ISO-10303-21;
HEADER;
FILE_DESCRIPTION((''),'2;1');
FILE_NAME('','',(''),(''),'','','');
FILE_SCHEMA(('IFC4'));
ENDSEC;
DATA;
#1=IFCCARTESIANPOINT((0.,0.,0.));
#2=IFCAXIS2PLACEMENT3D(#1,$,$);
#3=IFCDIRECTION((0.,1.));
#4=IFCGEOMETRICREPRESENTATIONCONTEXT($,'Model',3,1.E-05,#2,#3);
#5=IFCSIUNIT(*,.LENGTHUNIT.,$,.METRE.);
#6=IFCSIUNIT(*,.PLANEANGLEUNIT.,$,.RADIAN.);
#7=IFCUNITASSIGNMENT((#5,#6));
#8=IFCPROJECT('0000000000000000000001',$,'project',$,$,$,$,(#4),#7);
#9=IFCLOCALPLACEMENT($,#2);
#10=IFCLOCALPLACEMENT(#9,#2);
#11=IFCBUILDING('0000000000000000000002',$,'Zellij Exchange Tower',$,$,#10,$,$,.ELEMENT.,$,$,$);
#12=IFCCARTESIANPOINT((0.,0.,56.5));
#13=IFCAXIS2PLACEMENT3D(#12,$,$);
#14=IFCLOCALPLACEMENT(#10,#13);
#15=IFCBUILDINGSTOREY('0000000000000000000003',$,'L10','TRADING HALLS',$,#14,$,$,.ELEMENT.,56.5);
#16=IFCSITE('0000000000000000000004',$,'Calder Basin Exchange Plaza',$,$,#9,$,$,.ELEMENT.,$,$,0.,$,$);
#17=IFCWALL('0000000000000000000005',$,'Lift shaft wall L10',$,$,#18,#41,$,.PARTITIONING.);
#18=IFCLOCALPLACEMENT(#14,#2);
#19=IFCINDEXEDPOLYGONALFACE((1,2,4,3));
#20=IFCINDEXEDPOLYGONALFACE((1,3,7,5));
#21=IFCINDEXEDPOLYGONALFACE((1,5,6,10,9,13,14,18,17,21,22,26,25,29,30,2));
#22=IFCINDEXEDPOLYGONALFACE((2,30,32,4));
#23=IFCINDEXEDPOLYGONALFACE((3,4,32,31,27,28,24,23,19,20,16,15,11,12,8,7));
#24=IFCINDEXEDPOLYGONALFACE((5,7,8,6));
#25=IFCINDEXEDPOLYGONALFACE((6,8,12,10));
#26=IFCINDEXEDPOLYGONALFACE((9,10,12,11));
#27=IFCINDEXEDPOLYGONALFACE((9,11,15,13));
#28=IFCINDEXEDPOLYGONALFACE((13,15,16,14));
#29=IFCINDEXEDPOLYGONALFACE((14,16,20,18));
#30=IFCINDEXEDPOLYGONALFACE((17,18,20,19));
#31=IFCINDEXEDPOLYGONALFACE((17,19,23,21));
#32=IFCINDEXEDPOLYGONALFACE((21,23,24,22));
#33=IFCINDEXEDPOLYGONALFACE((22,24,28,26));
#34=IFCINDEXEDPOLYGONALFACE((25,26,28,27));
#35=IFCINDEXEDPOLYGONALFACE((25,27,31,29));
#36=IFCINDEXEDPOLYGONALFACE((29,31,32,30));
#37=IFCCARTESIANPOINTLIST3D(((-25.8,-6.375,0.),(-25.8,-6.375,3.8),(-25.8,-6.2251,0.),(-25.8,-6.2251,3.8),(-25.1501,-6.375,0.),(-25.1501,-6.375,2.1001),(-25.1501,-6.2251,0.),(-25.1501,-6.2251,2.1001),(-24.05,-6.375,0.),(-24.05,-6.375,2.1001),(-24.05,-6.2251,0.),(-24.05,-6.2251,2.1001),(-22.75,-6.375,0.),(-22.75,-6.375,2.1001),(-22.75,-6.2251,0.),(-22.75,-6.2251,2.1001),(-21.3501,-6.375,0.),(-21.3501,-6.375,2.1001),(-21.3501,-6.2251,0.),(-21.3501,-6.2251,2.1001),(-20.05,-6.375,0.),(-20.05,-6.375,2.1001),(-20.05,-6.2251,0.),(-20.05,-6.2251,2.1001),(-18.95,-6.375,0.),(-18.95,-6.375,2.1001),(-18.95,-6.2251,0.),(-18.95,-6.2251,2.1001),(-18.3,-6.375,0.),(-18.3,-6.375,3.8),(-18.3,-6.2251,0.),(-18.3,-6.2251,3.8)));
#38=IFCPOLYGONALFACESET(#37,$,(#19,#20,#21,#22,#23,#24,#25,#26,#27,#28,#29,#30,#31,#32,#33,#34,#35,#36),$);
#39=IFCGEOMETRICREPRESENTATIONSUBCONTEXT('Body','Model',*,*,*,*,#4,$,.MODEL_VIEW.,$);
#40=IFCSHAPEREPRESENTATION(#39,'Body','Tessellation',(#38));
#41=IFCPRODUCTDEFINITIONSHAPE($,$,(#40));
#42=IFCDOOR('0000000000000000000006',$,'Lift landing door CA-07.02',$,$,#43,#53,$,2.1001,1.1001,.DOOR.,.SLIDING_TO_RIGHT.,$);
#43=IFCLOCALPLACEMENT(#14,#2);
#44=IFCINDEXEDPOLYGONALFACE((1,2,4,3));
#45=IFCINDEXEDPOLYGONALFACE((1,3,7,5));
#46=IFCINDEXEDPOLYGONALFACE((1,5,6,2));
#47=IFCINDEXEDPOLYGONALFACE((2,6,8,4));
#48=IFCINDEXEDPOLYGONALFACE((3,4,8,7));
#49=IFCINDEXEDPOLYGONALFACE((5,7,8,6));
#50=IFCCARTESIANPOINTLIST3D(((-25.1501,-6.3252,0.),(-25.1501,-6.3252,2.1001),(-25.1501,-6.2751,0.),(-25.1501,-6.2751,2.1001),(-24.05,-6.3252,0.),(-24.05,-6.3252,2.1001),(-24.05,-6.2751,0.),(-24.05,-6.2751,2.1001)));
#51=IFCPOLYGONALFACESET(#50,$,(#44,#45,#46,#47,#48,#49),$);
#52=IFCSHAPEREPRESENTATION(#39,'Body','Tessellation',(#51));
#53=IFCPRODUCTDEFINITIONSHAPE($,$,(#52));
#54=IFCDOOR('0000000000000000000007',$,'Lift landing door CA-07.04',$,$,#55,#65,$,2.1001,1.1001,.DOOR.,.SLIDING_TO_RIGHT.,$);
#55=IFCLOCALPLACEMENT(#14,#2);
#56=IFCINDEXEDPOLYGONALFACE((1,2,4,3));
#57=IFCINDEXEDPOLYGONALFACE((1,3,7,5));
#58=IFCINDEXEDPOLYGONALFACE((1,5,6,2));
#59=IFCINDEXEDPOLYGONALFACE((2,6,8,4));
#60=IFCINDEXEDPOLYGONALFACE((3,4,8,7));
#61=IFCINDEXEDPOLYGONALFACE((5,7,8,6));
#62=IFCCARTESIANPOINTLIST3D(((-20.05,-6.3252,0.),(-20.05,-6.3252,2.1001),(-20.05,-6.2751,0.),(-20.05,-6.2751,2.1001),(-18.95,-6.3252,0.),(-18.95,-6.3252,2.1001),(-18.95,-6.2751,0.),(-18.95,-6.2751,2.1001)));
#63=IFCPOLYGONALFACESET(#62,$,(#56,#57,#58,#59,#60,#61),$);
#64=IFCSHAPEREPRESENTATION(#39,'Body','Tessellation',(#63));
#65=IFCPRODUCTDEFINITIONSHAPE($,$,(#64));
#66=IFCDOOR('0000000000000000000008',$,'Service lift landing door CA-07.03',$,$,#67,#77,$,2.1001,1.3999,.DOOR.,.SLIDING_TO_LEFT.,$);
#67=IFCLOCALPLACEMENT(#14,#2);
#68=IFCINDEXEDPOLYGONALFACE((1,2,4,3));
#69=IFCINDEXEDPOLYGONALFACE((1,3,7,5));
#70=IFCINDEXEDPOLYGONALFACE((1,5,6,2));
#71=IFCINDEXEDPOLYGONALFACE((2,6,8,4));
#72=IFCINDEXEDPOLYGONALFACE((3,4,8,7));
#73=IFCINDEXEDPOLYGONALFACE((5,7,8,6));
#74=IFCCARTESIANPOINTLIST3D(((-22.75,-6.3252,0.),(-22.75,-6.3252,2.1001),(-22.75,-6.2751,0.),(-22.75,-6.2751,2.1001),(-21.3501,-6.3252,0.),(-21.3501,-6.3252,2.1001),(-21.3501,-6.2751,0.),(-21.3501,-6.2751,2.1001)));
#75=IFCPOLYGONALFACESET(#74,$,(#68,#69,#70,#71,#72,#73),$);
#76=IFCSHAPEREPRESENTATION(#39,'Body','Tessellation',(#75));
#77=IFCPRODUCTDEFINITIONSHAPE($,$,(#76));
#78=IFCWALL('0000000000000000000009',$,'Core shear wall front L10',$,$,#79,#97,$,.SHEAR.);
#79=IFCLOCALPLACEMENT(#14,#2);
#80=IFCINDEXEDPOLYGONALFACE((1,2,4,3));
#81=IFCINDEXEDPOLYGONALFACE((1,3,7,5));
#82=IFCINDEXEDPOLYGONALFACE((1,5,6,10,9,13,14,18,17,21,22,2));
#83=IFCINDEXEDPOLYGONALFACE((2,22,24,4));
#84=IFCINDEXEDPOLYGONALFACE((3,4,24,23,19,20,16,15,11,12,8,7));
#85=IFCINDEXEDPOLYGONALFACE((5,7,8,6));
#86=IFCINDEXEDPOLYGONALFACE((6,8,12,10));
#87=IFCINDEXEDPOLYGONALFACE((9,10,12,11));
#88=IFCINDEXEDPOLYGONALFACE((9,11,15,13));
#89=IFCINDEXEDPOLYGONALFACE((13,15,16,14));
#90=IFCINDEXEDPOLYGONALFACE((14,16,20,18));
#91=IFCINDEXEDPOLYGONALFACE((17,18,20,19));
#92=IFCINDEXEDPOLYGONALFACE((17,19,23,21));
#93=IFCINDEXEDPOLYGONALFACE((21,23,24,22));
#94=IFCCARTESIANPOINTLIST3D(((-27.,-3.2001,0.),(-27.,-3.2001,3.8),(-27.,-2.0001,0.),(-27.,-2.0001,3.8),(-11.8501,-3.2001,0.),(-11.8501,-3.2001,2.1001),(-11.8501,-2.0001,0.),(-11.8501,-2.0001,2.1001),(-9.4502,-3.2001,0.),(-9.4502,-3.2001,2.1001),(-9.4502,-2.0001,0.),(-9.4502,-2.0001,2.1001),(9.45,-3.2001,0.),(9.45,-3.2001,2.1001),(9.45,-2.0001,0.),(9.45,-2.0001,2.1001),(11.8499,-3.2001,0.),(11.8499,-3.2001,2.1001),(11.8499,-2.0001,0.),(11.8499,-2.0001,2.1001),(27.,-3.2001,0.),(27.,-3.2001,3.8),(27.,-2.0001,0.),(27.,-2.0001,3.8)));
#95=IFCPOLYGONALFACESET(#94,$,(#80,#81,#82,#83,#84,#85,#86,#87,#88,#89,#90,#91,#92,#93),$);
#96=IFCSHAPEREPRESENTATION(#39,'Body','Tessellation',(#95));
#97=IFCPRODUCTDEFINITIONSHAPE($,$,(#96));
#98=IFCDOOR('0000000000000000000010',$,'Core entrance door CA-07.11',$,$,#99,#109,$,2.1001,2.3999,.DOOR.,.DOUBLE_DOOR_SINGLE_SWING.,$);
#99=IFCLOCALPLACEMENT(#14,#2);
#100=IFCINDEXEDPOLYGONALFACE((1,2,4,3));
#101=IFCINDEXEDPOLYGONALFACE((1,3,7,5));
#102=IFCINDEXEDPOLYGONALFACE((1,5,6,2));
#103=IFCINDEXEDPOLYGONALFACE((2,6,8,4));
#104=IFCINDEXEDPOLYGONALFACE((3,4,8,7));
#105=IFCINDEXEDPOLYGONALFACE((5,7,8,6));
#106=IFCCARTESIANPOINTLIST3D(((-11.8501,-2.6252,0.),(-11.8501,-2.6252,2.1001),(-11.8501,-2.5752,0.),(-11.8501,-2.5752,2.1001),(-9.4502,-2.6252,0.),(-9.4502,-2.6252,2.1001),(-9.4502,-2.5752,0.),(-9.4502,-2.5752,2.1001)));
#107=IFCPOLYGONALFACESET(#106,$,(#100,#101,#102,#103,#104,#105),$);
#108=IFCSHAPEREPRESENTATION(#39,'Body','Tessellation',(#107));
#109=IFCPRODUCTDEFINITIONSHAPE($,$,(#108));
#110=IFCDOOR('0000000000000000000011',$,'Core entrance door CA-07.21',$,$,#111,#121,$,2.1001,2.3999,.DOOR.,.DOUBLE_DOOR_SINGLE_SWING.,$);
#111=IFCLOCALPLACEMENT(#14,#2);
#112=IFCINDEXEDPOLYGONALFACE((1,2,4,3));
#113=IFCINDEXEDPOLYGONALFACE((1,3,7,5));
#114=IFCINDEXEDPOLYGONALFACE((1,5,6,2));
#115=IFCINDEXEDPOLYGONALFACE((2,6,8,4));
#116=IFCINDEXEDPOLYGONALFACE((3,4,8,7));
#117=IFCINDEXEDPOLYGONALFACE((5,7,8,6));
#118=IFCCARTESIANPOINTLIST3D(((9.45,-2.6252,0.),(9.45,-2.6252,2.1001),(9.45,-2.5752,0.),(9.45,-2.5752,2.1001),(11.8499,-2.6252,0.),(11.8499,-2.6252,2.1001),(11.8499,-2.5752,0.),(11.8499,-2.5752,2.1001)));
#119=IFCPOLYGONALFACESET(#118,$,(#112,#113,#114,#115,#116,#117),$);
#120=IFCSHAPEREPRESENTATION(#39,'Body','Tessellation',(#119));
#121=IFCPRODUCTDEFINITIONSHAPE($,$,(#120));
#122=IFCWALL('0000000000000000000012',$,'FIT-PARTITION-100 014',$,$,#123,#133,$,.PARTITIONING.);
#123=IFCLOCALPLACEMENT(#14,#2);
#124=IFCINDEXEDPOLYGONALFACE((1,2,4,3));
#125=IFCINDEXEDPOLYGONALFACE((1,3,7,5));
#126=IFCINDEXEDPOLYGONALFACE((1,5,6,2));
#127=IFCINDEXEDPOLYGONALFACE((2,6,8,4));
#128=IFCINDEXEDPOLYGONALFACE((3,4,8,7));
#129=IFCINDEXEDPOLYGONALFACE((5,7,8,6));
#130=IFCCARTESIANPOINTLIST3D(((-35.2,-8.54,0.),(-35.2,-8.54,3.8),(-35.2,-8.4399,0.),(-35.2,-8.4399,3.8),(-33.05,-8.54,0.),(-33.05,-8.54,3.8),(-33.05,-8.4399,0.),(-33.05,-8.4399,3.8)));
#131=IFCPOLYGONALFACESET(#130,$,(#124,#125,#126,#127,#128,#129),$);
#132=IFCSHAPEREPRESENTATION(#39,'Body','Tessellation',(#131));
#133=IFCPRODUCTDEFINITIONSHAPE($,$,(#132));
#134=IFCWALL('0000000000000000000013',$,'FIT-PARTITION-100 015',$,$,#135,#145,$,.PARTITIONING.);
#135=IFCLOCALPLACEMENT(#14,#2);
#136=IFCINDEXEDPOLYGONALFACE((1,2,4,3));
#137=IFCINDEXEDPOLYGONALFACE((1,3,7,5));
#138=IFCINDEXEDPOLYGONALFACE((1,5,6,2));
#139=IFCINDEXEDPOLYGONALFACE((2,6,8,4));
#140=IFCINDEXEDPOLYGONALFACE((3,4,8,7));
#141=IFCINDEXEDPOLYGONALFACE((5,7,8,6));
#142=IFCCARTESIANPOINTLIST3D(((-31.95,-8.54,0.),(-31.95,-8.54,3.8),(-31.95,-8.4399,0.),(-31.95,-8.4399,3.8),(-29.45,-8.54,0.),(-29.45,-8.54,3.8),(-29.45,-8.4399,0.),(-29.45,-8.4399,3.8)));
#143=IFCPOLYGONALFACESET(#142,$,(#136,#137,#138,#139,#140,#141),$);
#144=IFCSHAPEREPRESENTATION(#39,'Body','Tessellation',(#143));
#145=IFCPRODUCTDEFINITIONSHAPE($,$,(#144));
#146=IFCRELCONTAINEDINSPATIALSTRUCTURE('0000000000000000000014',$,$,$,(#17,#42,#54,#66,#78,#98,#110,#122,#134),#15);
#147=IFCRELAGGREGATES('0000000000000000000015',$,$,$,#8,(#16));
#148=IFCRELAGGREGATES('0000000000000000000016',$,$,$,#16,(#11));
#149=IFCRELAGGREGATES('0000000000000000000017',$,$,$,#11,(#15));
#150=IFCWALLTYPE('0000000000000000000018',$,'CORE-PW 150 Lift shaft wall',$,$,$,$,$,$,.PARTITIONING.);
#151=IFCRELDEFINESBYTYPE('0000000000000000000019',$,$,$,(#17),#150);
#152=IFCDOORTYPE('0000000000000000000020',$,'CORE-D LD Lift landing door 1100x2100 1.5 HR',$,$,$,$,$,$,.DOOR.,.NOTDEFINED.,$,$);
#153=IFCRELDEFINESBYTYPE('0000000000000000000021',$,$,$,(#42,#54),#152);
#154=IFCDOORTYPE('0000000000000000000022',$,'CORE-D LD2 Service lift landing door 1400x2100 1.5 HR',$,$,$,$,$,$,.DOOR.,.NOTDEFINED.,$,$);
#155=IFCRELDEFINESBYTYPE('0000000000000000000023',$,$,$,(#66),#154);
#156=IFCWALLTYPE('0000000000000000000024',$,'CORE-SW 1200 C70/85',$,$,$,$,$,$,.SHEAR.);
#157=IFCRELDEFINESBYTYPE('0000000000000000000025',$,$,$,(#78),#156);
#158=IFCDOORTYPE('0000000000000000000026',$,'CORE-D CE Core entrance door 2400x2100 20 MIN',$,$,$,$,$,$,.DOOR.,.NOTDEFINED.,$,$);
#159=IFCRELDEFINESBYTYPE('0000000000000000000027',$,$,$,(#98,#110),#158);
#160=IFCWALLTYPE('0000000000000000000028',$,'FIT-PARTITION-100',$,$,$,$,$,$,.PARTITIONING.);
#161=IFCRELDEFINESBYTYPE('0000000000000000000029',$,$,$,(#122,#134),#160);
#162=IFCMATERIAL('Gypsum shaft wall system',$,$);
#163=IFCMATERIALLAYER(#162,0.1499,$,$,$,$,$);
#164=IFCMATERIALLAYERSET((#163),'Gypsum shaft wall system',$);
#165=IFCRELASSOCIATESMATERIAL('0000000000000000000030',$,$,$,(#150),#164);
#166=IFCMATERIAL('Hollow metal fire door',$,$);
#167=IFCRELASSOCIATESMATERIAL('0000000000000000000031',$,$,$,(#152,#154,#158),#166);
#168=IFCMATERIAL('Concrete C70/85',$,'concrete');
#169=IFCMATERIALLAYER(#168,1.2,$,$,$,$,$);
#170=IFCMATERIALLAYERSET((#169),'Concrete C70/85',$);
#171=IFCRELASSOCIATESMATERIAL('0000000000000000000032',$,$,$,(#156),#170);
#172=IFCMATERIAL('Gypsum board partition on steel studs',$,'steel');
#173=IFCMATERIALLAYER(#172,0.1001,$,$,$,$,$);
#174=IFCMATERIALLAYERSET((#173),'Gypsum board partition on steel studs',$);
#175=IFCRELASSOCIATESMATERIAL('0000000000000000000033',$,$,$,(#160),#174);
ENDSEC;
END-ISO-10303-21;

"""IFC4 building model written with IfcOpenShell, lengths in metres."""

from ifc_helpers import new_model, si_unit, direction, frame, frame_2d, origin, place, context, subcontext, project, spatial, rectangle, extrude, material, layer, layer_set, type_object, element, fill, save


model = new_model("IFC4")

# Units and contexts
model_context = context("Model", 3, precision=1e-05, world=origin(), true_north=direction((0.0, 1.0)))
body_context = subcontext(model_context, "Body", "Model", "MODEL_VIEW")
ifc_project = project(units=[si_unit("LENGTHUNIT", "METRE"), si_unit("PLANEANGLEUNIT", "RADIAN")], contexts=[model_context])

# Site, building, storey
site_placement = place(None, origin())
site = spatial("IfcSite", under=ifc_project, at=site_placement, Name="Calder Basin Exchange Plaza", CompositionType="ELEMENT", RefElevation=0.0)
building_placement = place(site_placement, origin())
building = spatial("IfcBuilding", under=site, at=building_placement, Name="Zellij Exchange Tower", CompositionType="ELEMENT")
storey_placement = place(building_placement, frame((0.0, 0.0, 56.5)))
storey = spatial("IfcBuildingStorey", under=building, at=storey_placement, Name="L10", Description="TRADING HALLS", CompositionType="ELEMENT", Elevation=56.5)

# Shared definitions
ifc_material_1 = material(Name="Concrete C70/85", Category="concrete")

# Shared definitions
ifc_material_2 = material(Name="Gypsum shaft wall system")
ifc_layer_1 = layer(ifc_material_2, 0.1499)
ifc_layer_set_1 = layer_set([ifc_layer_1], Name="Gypsum shaft wall system")
wall_type_1 = type_object("IfcWallType", Name="CORE-PW 150 Lift shaft wall", PredefinedType="PARTITIONING", material=ifc_layer_set_1)

# Walls, openings, doors
wall_1_placement = place(storey_placement, frame((-25.8, -6.3, 0.0), z_axis=(0.0, 0.0, 1.0), x_axis=(1.0, 0.0, 0.0)))
wall_1 = element("IfcWall", 1, at=wall_1_placement, inside=storey, type_object=wall_type_1, Name="Lift shaft wall L10", PredefinedType="PARTITIONING", context=body_context, shape_type="SweptSolid", body=[
    extrude(rectangle(XDim=7.5, YDim=0.1499, at=frame_2d((3.75, 0.0))), origin(), (0.0, 0.0, 1.0), 3.8),
])
opening_1_placement = place(wall_1_placement, frame((0.6499, 0.0, 0.0)))
opening_1 = element("IfcOpeningElement", 2, at=opening_1_placement, cuts=wall_1, PredefinedType="OPENING", context=body_context, shape_type="SweptSolid", body=[
    extrude(rectangle(XDim=1.1001, YDim=2.1001, at=frame_2d((0.55, 1.05))), frame((0.0, 0.0869, 0.0), z_axis=(0.0, -1.0, 0.0), x_axis=(1.0, 0.0, 0.0)), (0.0, 0.0, 1.0), 0.1738),
])
opening_2_placement = place(wall_1_placement, frame((3.05, 0.0, 0.0)))
opening_2 = element("IfcOpeningElement", 3, at=opening_2_placement, cuts=wall_1, PredefinedType="OPENING", context=body_context, shape_type="SweptSolid", body=[
    extrude(rectangle(XDim=1.3999, YDim=2.1001, at=frame_2d((0.7, 1.05))), frame((0.0, 0.0869, 0.0), z_axis=(0.0, -1.0, 0.0), x_axis=(1.0, 0.0, 0.0)), (0.0, 0.0, 1.0), 0.1738),
])
opening_3_placement = place(wall_1_placement, frame((5.75, 0.0, 0.0)))
opening_3 = element("IfcOpeningElement", 4, at=opening_3_placement, cuts=wall_1, PredefinedType="OPENING", context=body_context, shape_type="SweptSolid", body=[
    extrude(rectangle(XDim=1.1001, YDim=2.1001, at=frame_2d((0.55, 1.05))), frame((0.0, 0.0869, 0.0), z_axis=(0.0, -1.0, 0.0), x_axis=(1.0, 0.0, 0.0)), (0.0, 0.0, 1.0), 0.1738),
])
ifc_material_3 = material(Name="Hollow metal fire door")
door_type_1 = type_object("IfcDoorType", Name="CORE-D LD Lift landing door 1100x2100 1.5 HR", OperationType="NOTDEFINED", PredefinedType="DOOR", material=ifc_material_3)
door_1_placement = place(opening_1_placement, origin())
door_1 = element("IfcDoor", 5, at=door_1_placement, inside=storey, type_object=door_type_1, Name="Lift landing door CA-07.02", OperationType="SLIDING_TO_RIGHT", OverallHeight=2.1001, OverallWidth=1.1001, PredefinedType="DOOR", context=body_context, shape_type="SweptSolid", body=[
    extrude(rectangle(XDim=1.1001, YDim=2.1001, at=frame_2d((0.55, 1.05))), frame((0.0, 0.0249, 0.0), z_axis=(0.0, -1.0, 0.0), x_axis=(1.0, 0.0, 0.0)), (0.0, 0.0, 1.0), 0.05),
])
fill(opening_1, door_1)
door_2_placement = place(opening_3_placement, origin())
door_2 = element("IfcDoor", 6, at=door_2_placement, inside=storey, type_object=door_type_1, Name="Lift landing door CA-07.04", OperationType="SLIDING_TO_RIGHT", OverallHeight=2.1001, OverallWidth=1.1001, PredefinedType="DOOR", context=body_context, shape_type="SweptSolid", body=[
    extrude(rectangle(XDim=1.1001, YDim=2.1001, at=frame_2d((0.55, 1.05))), frame((0.0, 0.0249, 0.0), z_axis=(0.0, -1.0, 0.0), x_axis=(1.0, 0.0, 0.0)), (0.0, 0.0, 1.0), 0.05),
])
fill(opening_3, door_2)
door_type_2 = type_object("IfcDoorType", Name="CORE-D LD2 Service lift landing door 1400x2100 1.5 HR", OperationType="NOTDEFINED", PredefinedType="DOOR", material=ifc_material_3)
door_3_placement = place(opening_2_placement, origin())
door_3 = element("IfcDoor", 7, at=door_3_placement, inside=storey, type_object=door_type_2, Name="Service lift landing door CA-07.03", OperationType="SLIDING_TO_LEFT", OverallHeight=2.1001, OverallWidth=1.3999, PredefinedType="DOOR", context=body_context, shape_type="SweptSolid", body=[
    extrude(rectangle(XDim=1.3999, YDim=2.1001, at=frame_2d((0.7, 1.05))), frame((0.0, 0.0249, 0.0), z_axis=(0.0, -1.0, 0.0), x_axis=(1.0, 0.0, 0.0)), (0.0, 0.0, 1.0), 0.05),
])
fill(opening_2, door_3)
ifc_layer_2 = layer(ifc_material_1, 1.2)
ifc_layer_set_2 = layer_set([ifc_layer_2], Name="Concrete C70/85")
wall_type_2 = type_object("IfcWallType", Name="CORE-SW 1200 C70/85", PredefinedType="SHEAR", material=ifc_layer_set_2)
wall_2_placement = place(storey_placement, frame((-27.0, -2.6001, 0.0), z_axis=(0.0, 0.0, 1.0), x_axis=(1.0, 0.0, 0.0)))
wall_2 = element("IfcWall", 8, at=wall_2_placement, inside=storey, type_object=wall_type_2, Name="Core shear wall front L10", PredefinedType="SHEAR", context=body_context, shape_type="SweptSolid", body=[
    extrude(rectangle(XDim=54.0, YDim=1.2, at=frame_2d((27.0, 0.0))), origin(), (0.0, 0.0, 1.0), 3.8),
])
opening_4_placement = place(wall_2_placement, frame((15.1499, 0.0, 0.0)))
opening_4 = element("IfcOpeningElement", 9, at=opening_4_placement, cuts=wall_2, PredefinedType="OPENING", context=body_context, shape_type="SweptSolid", body=[
    extrude(rectangle(XDim=2.3999, YDim=2.1001, at=frame_2d((1.2, 1.05))), frame((0.0, 0.6118, 0.0), z_axis=(0.0, -1.0, 0.0), x_axis=(1.0, 0.0, 0.0)), (0.0, 0.0, 1.0), 1.2239),
])
opening_5_placement = place(wall_2_placement, frame((36.45, 0.0, 0.0)))
opening_5 = element("IfcOpeningElement", 10, at=opening_5_placement, cuts=wall_2, PredefinedType="OPENING", context=body_context, shape_type="SweptSolid", body=[
    extrude(rectangle(XDim=2.3999, YDim=2.1001, at=frame_2d((1.2, 1.05))), frame((0.0, 0.6118, 0.0), z_axis=(0.0, -1.0, 0.0), x_axis=(1.0, 0.0, 0.0)), (0.0, 0.0, 1.0), 1.2239),
])
door_type_3 = type_object("IfcDoorType", Name="CORE-D CE Core entrance door 2400x2100 20 MIN", OperationType="NOTDEFINED", PredefinedType="DOOR", material=ifc_material_3)
door_4_placement = place(opening_4_placement, origin())
door_4 = element("IfcDoor", 11, at=door_4_placement, inside=storey, type_object=door_type_3, Name="Core entrance door CA-07.11", OperationType="DOUBLE_DOOR_SINGLE_SWING", OverallHeight=2.1001, OverallWidth=2.3999, PredefinedType="DOOR", context=body_context, shape_type="SweptSolid", body=[
    extrude(rectangle(XDim=2.3999, YDim=2.1001, at=frame_2d((1.2, 1.05))), frame((0.0, 0.0249, 0.0), z_axis=(0.0, -1.0, 0.0), x_axis=(1.0, 0.0, 0.0)), (0.0, 0.0, 1.0), 0.05),
])
fill(opening_4, door_4)
door_5_placement = place(opening_5_placement, origin())
door_5 = element("IfcDoor", 12, at=door_5_placement, inside=storey, type_object=door_type_3, Name="Core entrance door CA-07.21", OperationType="DOUBLE_DOOR_SINGLE_SWING", OverallHeight=2.1001, OverallWidth=2.3999, PredefinedType="DOOR", context=body_context, shape_type="SweptSolid", body=[
    extrude(rectangle(XDim=2.3999, YDim=2.1001, at=frame_2d((1.2, 1.05))), frame((0.0, 0.0249, 0.0), z_axis=(0.0, -1.0, 0.0), x_axis=(1.0, 0.0, 0.0)), (0.0, 0.0, 1.0), 0.05),
])
fill(opening_5, door_5)

# Walls
ifc_material_4 = material(Name="Gypsum board partition on steel studs", Category="steel")
ifc_layer_3 = layer(ifc_material_4, 0.1001)
ifc_layer_set_3 = layer_set([ifc_layer_3], Name="Gypsum board partition on steel studs")
wall_type_3 = type_object("IfcWallType", Name="FIT-PARTITION-100", PredefinedType="PARTITIONING", material=ifc_layer_set_3)
wall_3_placement = place(storey_placement, frame((-35.2, -8.49, 0.0), z_axis=(0.0, 0.0, 1.0), x_axis=(1.0, 0.0, 0.0)))
element("IfcWall", 13, at=wall_3_placement, inside=storey, type_object=wall_type_3, Name="FIT-PARTITION-100 014", PredefinedType="PARTITIONING", context=body_context, shape_type="SweptSolid", body=[
    extrude(rectangle(XDim=2.1499, YDim=0.1001, at=frame_2d((1.075, 0.0))), origin(), (0.0, 0.0, 1.0), 3.8),
])
wall_4_placement = place(storey_placement, frame((-31.95, -8.49, 0.0), z_axis=(0.0, 0.0, 1.0), x_axis=(1.0, 0.0, 0.0)))
element("IfcWall", 14, at=wall_4_placement, inside=storey, type_object=wall_type_3, Name="FIT-PARTITION-100 015", PredefinedType="PARTITIONING", context=body_context, shape_type="SweptSolid", body=[
    extrude(rectangle(XDim=2.5, YDim=0.1001, at=frame_2d((1.25, 0.0))), origin(), (0.0, 0.0, 1.0), 3.8),
])

save(model, "model.ifc")
